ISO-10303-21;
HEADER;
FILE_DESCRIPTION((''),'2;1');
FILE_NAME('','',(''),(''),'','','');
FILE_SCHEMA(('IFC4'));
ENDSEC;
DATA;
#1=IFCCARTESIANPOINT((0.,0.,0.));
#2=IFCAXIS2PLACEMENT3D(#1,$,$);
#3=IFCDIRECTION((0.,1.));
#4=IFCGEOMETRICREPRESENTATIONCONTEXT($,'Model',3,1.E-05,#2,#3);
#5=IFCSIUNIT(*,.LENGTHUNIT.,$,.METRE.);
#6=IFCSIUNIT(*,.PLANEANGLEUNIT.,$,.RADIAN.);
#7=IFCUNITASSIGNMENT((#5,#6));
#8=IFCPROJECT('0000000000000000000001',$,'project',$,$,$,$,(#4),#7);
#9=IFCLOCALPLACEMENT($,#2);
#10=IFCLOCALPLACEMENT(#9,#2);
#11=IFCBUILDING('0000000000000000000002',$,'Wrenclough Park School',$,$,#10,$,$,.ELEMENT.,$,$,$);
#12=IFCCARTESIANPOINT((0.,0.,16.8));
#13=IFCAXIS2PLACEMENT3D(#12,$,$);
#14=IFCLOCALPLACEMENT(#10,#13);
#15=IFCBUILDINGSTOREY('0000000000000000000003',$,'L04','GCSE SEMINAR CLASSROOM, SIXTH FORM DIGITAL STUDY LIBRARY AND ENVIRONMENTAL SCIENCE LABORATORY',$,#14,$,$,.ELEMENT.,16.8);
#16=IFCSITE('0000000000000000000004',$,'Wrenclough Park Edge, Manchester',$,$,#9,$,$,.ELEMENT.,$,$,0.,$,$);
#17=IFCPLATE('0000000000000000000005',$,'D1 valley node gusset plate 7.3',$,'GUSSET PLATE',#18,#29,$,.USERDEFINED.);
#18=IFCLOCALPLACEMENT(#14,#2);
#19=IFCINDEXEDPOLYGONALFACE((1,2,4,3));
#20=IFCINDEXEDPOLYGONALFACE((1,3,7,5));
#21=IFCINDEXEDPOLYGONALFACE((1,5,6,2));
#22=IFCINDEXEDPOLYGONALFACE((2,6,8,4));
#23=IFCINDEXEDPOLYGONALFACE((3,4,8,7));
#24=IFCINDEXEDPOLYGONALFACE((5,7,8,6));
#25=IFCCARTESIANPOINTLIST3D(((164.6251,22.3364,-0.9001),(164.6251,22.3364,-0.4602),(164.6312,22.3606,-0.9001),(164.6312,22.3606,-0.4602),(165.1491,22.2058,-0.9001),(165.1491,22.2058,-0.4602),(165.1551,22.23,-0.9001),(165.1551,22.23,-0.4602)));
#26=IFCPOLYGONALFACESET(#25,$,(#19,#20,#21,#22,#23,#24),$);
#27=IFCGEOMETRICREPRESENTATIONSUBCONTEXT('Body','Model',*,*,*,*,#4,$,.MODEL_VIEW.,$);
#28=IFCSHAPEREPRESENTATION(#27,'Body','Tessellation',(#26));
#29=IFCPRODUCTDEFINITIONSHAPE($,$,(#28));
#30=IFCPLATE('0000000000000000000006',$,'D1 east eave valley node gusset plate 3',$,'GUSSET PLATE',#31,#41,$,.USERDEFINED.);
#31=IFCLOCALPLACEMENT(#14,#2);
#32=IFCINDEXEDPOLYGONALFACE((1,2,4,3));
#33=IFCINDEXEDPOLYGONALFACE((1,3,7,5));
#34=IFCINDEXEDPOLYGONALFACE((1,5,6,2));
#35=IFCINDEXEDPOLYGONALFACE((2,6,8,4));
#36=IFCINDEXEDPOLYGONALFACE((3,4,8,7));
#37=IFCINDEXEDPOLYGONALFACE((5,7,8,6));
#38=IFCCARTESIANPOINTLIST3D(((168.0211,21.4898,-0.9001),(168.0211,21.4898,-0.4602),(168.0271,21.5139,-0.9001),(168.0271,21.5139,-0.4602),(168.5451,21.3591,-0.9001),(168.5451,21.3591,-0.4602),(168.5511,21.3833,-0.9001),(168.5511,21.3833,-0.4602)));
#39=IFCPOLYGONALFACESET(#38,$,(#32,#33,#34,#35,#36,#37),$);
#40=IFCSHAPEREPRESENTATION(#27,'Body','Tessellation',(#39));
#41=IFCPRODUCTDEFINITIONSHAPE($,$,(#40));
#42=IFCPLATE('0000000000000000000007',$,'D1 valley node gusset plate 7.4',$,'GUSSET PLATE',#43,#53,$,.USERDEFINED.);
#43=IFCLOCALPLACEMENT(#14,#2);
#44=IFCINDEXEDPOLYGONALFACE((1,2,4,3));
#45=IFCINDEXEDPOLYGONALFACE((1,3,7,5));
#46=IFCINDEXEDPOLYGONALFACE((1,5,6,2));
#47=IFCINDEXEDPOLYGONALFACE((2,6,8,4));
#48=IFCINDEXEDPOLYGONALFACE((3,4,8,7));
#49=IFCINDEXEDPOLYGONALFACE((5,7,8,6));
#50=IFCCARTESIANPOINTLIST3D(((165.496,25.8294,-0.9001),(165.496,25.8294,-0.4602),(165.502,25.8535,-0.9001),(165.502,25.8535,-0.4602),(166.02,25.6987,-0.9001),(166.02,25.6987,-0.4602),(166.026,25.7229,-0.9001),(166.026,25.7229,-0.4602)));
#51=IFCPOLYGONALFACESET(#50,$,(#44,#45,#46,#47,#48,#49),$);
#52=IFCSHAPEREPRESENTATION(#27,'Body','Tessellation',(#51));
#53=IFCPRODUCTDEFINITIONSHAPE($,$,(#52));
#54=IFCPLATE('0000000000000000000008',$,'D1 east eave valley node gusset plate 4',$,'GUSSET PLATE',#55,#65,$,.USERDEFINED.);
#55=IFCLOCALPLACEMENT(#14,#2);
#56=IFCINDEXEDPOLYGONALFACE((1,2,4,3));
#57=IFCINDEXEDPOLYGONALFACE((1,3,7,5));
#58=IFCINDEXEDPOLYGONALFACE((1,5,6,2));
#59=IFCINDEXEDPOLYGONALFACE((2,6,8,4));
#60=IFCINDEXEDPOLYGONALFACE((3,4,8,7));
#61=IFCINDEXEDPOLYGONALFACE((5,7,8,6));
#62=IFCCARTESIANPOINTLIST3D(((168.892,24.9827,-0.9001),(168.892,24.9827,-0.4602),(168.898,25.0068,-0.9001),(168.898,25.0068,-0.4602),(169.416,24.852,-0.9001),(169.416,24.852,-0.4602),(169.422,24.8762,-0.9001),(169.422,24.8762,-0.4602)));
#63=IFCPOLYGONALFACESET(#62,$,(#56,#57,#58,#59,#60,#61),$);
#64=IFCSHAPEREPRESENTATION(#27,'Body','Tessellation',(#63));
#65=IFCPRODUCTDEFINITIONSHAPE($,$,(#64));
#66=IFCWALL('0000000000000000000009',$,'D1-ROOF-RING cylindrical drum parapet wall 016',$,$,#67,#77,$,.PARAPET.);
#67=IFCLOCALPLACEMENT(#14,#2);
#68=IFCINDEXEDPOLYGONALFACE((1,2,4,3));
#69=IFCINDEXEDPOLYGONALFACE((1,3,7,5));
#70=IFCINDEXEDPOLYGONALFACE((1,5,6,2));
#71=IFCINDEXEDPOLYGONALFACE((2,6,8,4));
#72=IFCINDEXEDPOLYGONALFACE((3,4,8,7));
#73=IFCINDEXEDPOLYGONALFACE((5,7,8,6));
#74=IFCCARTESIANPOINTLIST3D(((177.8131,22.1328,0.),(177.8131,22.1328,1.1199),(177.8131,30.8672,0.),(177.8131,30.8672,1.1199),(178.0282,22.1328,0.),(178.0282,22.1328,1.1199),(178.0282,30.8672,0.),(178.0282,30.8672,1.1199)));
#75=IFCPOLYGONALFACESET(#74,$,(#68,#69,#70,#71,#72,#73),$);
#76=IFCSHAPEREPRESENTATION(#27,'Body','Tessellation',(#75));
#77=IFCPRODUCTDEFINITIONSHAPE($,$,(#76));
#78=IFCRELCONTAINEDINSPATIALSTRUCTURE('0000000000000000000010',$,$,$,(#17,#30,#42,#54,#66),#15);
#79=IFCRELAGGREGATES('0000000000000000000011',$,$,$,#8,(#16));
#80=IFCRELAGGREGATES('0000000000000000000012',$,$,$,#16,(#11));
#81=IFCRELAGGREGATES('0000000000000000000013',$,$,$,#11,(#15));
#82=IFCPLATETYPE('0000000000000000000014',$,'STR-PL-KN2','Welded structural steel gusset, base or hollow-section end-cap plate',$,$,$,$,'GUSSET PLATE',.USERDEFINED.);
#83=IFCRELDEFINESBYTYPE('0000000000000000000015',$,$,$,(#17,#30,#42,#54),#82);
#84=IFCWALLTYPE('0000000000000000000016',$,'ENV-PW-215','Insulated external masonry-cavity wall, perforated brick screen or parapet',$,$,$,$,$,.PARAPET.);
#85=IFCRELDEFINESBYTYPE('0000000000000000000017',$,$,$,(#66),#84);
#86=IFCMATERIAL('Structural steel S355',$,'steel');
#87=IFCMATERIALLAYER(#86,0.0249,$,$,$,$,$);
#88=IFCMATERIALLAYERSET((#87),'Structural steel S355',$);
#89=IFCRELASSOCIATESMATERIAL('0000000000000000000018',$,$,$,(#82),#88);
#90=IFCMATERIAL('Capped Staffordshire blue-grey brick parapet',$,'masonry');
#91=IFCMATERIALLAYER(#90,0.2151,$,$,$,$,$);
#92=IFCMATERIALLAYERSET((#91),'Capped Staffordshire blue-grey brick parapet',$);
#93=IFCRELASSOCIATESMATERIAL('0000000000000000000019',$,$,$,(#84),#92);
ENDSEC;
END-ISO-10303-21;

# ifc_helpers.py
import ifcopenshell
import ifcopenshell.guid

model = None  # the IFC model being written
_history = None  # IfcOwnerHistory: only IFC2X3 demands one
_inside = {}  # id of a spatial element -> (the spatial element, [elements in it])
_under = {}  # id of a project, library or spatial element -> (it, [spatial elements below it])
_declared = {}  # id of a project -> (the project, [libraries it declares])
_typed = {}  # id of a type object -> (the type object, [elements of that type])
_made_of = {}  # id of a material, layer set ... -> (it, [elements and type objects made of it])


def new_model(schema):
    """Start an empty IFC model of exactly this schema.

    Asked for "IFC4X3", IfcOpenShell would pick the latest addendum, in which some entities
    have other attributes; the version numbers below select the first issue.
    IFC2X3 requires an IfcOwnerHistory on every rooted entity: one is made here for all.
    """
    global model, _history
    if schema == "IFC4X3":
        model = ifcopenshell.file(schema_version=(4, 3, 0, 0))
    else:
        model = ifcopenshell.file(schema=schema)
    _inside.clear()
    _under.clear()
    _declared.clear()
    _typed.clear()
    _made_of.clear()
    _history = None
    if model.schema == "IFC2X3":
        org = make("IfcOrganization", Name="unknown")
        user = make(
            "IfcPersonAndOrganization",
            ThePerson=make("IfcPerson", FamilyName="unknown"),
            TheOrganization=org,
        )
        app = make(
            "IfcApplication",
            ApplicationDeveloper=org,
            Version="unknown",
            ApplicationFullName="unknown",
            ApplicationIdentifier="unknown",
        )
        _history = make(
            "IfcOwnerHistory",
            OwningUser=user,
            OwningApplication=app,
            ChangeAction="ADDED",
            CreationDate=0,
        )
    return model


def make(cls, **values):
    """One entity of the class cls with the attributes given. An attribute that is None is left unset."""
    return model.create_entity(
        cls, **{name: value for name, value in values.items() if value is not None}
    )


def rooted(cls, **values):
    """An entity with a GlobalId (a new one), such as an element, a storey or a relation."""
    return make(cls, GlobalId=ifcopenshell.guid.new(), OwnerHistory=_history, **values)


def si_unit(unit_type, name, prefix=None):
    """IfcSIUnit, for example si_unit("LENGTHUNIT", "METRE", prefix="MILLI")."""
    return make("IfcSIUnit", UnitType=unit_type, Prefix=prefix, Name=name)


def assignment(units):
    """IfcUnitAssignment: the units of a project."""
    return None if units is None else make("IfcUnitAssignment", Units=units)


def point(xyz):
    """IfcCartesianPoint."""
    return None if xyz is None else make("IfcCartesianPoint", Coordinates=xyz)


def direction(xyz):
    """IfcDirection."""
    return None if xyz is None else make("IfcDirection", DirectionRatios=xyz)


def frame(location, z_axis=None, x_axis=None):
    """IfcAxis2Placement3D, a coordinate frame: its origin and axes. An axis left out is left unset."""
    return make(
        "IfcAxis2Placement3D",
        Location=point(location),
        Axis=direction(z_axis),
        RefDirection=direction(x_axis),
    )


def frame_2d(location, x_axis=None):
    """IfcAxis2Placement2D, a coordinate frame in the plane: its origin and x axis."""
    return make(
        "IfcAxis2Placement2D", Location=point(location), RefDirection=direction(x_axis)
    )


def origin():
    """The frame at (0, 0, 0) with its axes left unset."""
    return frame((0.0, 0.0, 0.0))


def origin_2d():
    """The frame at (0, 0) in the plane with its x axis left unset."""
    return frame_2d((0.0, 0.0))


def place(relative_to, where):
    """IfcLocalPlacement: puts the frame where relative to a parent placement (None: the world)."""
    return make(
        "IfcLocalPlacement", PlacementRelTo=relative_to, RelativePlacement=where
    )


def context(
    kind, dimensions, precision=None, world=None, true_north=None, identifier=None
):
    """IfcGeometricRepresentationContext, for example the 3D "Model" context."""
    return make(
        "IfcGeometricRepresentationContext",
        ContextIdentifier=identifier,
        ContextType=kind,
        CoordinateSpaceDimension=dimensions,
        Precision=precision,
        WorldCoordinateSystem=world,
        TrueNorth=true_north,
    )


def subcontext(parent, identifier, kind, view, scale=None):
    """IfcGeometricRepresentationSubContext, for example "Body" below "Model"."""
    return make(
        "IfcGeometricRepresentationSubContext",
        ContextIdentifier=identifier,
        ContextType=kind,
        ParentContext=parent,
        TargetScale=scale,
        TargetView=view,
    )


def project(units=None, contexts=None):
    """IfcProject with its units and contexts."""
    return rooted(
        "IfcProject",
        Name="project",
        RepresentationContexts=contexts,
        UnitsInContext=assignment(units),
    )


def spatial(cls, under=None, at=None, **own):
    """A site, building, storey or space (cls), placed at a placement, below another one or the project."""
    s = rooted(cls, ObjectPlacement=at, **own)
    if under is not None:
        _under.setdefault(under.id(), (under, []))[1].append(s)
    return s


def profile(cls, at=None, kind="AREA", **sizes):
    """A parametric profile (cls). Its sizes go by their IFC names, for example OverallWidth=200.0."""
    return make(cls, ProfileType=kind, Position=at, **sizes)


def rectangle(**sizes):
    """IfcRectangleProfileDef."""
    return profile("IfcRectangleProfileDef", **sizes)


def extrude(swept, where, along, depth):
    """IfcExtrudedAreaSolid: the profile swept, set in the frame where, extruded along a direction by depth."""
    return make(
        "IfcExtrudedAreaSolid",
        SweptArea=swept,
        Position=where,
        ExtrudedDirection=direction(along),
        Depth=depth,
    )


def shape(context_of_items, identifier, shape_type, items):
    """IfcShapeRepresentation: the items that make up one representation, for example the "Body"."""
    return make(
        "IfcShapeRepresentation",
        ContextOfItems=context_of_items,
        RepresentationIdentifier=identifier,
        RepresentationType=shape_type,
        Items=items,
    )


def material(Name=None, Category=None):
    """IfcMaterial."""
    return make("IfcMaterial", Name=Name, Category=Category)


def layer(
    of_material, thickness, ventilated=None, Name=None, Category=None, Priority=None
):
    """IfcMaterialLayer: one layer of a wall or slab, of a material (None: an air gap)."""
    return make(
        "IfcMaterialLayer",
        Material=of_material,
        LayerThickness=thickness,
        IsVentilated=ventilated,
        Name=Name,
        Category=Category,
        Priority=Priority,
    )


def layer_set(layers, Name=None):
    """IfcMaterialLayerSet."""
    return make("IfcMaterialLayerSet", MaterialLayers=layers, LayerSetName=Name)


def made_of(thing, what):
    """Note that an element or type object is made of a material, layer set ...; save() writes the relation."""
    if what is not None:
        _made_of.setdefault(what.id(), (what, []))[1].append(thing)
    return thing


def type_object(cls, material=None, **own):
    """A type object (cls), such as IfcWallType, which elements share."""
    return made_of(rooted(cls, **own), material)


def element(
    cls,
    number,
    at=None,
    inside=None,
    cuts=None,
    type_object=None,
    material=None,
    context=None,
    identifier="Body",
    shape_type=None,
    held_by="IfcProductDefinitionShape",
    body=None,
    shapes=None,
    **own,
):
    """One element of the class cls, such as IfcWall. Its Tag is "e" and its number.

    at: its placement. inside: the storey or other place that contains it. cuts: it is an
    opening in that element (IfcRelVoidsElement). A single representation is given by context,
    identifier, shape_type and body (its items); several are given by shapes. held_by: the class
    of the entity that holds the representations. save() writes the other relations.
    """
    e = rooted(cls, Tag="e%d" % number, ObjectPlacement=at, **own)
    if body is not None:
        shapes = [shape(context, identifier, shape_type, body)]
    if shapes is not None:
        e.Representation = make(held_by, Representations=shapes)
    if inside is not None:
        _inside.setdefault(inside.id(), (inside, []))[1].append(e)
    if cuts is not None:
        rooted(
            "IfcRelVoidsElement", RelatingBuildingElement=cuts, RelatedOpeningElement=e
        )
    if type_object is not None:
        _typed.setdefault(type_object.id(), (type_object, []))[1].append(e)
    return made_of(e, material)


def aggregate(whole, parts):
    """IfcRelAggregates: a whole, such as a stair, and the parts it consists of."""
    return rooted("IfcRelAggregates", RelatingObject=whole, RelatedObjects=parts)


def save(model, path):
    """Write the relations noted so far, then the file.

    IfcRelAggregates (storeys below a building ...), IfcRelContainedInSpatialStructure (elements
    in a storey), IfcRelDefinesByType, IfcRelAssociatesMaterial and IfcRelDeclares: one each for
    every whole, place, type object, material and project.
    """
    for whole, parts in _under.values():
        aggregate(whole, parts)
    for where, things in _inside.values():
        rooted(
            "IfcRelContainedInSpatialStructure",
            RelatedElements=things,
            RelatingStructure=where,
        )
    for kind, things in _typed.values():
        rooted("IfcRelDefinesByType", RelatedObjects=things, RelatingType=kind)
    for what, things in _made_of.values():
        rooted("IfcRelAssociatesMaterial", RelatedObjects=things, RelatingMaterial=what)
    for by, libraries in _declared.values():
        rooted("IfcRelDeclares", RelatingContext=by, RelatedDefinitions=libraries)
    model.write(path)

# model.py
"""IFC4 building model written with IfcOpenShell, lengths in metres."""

from ifc_helpers import new_model, si_unit, direction, frame, frame_2d, origin, origin_2d, place, context, subcontext, project, spatial, rectangle, extrude, material, layer, layer_set, type_object, element, save


model = new_model("IFC4")

# Units and contexts
model_context = context("Model", 3, precision=1e-05, world=origin(), true_north=direction((0.0, 1.0)))
body_context = subcontext(model_context, "Body", "Model", "MODEL_VIEW")
ifc_project = project(units=[si_unit("LENGTHUNIT", "METRE"), si_unit("PLANEANGLEUNIT", "RADIAN")], contexts=[model_context])

# Site, building, storey
site_placement = place(None, origin())
site = spatial("IfcSite", under=ifc_project, at=site_placement, Name="Wrenclough Park Edge, Manchester", CompositionType="ELEMENT", RefElevation=0.0)
building_placement = place(site_placement, origin())
building = spatial("IfcBuilding", under=site, at=building_placement, Name="Wrenclough Park School", CompositionType="ELEMENT")
storey_placement = place(building_placement, frame((0.0, 0.0, 16.8)))
storey = spatial("IfcBuildingStorey", under=building, at=storey_placement, Name="L04", Description="GCSE SEMINAR CLASSROOM, SIXTH FORM DIGITAL STUDY LIBRARY AND ENVIRONMENTAL SCIENCE LABORATORY", CompositionType="ELEMENT", Elevation=16.8)

# Shared definitions
ifc_material_1 = material(Name="Structural steel S355", Category="steel")

# Plates
ifc_layer_1 = layer(ifc_material_1, 0.0249)
ifc_layer_set_1 = layer_set([ifc_layer_1], Name="Structural steel S355")
plate_type_1 = type_object("IfcPlateType", Name="STR-PL-KN2", Description="Welded structural steel gusset, base or hollow-section end-cap plate", ElementType="GUSSET PLATE", PredefinedType="USERDEFINED", material=ifc_layer_set_1)
for number, where, z_axis, x_axis, name in (
    (1, (164.8901, 22.2832, -0.9001), (0.0, 0.0, 1.0), (0.970296, -0.241922, 0.0), "D1 valley node gusset plate 7.3"),
    (2, (168.2861, 21.4365, -0.9001), (0.0, 0.0, 1.0), (0.970296, -0.241922, 0.0), "D1 east eave valley node gusset plate 3"),
    (3, (165.761, 25.7761, -0.9001), (0.0, 0.0, 1.0), (0.970296, -0.241922, 0.0), "D1 valley node gusset plate 7.4"),
    (4, (169.157, 24.9294, -0.9001), (0.0, 0.0, 1.0), (0.970296, -0.241922, 0.0), "D1 east eave valley node gusset plate 4"),
):
    element("IfcPlate", number, at=place(storey_placement, frame(where, z_axis=z_axis, x_axis=x_axis)), inside=storey, type_object=plate_type_1, Name=name, ObjectType="GUSSET PLATE", PredefinedType="USERDEFINED", context=body_context, shape_type="SweptSolid", body=[
        extrude(rectangle(XDim=0.54, YDim=0.0249, at=origin_2d()), origin(), (0.0, 0.0, 1.0), 0.4399),
    ])

# Wall
ifc_material_2 = material(Name="Capped Staffordshire blue-grey brick parapet", Category="masonry")
ifc_layer_2 = layer(ifc_material_2, 0.2151)
ifc_layer_set_2 = layer_set([ifc_layer_2], Name="Capped Staffordshire blue-grey brick parapet")
wall_type = type_object("IfcWallType", Name="ENV-PW-215", Description="Insulated external masonry-cavity wall, perforated brick screen or parapet", PredefinedType="PARAPET", material=ifc_layer_set_2)
wall_placement = place(storey_placement, frame((177.9207, 22.1328, 0.0), z_axis=(0.0, 0.0, 1.0), x_axis=(0.0, 1.0, 0.0)))
element("IfcWall", 5, at=wall_placement, inside=storey, type_object=wall_type, Name="D1-ROOF-RING cylindrical drum parapet wall 016", PredefinedType="PARAPET", context=body_context, shape_type="SweptSolid", body=[
    extrude(rectangle(XDim=8.7344, YDim=0.2151, at=frame_2d((4.3672, 0.0))), origin(), (0.0, 0.0, 1.0), 1.1199),
])

save(model, "model.ifc")
